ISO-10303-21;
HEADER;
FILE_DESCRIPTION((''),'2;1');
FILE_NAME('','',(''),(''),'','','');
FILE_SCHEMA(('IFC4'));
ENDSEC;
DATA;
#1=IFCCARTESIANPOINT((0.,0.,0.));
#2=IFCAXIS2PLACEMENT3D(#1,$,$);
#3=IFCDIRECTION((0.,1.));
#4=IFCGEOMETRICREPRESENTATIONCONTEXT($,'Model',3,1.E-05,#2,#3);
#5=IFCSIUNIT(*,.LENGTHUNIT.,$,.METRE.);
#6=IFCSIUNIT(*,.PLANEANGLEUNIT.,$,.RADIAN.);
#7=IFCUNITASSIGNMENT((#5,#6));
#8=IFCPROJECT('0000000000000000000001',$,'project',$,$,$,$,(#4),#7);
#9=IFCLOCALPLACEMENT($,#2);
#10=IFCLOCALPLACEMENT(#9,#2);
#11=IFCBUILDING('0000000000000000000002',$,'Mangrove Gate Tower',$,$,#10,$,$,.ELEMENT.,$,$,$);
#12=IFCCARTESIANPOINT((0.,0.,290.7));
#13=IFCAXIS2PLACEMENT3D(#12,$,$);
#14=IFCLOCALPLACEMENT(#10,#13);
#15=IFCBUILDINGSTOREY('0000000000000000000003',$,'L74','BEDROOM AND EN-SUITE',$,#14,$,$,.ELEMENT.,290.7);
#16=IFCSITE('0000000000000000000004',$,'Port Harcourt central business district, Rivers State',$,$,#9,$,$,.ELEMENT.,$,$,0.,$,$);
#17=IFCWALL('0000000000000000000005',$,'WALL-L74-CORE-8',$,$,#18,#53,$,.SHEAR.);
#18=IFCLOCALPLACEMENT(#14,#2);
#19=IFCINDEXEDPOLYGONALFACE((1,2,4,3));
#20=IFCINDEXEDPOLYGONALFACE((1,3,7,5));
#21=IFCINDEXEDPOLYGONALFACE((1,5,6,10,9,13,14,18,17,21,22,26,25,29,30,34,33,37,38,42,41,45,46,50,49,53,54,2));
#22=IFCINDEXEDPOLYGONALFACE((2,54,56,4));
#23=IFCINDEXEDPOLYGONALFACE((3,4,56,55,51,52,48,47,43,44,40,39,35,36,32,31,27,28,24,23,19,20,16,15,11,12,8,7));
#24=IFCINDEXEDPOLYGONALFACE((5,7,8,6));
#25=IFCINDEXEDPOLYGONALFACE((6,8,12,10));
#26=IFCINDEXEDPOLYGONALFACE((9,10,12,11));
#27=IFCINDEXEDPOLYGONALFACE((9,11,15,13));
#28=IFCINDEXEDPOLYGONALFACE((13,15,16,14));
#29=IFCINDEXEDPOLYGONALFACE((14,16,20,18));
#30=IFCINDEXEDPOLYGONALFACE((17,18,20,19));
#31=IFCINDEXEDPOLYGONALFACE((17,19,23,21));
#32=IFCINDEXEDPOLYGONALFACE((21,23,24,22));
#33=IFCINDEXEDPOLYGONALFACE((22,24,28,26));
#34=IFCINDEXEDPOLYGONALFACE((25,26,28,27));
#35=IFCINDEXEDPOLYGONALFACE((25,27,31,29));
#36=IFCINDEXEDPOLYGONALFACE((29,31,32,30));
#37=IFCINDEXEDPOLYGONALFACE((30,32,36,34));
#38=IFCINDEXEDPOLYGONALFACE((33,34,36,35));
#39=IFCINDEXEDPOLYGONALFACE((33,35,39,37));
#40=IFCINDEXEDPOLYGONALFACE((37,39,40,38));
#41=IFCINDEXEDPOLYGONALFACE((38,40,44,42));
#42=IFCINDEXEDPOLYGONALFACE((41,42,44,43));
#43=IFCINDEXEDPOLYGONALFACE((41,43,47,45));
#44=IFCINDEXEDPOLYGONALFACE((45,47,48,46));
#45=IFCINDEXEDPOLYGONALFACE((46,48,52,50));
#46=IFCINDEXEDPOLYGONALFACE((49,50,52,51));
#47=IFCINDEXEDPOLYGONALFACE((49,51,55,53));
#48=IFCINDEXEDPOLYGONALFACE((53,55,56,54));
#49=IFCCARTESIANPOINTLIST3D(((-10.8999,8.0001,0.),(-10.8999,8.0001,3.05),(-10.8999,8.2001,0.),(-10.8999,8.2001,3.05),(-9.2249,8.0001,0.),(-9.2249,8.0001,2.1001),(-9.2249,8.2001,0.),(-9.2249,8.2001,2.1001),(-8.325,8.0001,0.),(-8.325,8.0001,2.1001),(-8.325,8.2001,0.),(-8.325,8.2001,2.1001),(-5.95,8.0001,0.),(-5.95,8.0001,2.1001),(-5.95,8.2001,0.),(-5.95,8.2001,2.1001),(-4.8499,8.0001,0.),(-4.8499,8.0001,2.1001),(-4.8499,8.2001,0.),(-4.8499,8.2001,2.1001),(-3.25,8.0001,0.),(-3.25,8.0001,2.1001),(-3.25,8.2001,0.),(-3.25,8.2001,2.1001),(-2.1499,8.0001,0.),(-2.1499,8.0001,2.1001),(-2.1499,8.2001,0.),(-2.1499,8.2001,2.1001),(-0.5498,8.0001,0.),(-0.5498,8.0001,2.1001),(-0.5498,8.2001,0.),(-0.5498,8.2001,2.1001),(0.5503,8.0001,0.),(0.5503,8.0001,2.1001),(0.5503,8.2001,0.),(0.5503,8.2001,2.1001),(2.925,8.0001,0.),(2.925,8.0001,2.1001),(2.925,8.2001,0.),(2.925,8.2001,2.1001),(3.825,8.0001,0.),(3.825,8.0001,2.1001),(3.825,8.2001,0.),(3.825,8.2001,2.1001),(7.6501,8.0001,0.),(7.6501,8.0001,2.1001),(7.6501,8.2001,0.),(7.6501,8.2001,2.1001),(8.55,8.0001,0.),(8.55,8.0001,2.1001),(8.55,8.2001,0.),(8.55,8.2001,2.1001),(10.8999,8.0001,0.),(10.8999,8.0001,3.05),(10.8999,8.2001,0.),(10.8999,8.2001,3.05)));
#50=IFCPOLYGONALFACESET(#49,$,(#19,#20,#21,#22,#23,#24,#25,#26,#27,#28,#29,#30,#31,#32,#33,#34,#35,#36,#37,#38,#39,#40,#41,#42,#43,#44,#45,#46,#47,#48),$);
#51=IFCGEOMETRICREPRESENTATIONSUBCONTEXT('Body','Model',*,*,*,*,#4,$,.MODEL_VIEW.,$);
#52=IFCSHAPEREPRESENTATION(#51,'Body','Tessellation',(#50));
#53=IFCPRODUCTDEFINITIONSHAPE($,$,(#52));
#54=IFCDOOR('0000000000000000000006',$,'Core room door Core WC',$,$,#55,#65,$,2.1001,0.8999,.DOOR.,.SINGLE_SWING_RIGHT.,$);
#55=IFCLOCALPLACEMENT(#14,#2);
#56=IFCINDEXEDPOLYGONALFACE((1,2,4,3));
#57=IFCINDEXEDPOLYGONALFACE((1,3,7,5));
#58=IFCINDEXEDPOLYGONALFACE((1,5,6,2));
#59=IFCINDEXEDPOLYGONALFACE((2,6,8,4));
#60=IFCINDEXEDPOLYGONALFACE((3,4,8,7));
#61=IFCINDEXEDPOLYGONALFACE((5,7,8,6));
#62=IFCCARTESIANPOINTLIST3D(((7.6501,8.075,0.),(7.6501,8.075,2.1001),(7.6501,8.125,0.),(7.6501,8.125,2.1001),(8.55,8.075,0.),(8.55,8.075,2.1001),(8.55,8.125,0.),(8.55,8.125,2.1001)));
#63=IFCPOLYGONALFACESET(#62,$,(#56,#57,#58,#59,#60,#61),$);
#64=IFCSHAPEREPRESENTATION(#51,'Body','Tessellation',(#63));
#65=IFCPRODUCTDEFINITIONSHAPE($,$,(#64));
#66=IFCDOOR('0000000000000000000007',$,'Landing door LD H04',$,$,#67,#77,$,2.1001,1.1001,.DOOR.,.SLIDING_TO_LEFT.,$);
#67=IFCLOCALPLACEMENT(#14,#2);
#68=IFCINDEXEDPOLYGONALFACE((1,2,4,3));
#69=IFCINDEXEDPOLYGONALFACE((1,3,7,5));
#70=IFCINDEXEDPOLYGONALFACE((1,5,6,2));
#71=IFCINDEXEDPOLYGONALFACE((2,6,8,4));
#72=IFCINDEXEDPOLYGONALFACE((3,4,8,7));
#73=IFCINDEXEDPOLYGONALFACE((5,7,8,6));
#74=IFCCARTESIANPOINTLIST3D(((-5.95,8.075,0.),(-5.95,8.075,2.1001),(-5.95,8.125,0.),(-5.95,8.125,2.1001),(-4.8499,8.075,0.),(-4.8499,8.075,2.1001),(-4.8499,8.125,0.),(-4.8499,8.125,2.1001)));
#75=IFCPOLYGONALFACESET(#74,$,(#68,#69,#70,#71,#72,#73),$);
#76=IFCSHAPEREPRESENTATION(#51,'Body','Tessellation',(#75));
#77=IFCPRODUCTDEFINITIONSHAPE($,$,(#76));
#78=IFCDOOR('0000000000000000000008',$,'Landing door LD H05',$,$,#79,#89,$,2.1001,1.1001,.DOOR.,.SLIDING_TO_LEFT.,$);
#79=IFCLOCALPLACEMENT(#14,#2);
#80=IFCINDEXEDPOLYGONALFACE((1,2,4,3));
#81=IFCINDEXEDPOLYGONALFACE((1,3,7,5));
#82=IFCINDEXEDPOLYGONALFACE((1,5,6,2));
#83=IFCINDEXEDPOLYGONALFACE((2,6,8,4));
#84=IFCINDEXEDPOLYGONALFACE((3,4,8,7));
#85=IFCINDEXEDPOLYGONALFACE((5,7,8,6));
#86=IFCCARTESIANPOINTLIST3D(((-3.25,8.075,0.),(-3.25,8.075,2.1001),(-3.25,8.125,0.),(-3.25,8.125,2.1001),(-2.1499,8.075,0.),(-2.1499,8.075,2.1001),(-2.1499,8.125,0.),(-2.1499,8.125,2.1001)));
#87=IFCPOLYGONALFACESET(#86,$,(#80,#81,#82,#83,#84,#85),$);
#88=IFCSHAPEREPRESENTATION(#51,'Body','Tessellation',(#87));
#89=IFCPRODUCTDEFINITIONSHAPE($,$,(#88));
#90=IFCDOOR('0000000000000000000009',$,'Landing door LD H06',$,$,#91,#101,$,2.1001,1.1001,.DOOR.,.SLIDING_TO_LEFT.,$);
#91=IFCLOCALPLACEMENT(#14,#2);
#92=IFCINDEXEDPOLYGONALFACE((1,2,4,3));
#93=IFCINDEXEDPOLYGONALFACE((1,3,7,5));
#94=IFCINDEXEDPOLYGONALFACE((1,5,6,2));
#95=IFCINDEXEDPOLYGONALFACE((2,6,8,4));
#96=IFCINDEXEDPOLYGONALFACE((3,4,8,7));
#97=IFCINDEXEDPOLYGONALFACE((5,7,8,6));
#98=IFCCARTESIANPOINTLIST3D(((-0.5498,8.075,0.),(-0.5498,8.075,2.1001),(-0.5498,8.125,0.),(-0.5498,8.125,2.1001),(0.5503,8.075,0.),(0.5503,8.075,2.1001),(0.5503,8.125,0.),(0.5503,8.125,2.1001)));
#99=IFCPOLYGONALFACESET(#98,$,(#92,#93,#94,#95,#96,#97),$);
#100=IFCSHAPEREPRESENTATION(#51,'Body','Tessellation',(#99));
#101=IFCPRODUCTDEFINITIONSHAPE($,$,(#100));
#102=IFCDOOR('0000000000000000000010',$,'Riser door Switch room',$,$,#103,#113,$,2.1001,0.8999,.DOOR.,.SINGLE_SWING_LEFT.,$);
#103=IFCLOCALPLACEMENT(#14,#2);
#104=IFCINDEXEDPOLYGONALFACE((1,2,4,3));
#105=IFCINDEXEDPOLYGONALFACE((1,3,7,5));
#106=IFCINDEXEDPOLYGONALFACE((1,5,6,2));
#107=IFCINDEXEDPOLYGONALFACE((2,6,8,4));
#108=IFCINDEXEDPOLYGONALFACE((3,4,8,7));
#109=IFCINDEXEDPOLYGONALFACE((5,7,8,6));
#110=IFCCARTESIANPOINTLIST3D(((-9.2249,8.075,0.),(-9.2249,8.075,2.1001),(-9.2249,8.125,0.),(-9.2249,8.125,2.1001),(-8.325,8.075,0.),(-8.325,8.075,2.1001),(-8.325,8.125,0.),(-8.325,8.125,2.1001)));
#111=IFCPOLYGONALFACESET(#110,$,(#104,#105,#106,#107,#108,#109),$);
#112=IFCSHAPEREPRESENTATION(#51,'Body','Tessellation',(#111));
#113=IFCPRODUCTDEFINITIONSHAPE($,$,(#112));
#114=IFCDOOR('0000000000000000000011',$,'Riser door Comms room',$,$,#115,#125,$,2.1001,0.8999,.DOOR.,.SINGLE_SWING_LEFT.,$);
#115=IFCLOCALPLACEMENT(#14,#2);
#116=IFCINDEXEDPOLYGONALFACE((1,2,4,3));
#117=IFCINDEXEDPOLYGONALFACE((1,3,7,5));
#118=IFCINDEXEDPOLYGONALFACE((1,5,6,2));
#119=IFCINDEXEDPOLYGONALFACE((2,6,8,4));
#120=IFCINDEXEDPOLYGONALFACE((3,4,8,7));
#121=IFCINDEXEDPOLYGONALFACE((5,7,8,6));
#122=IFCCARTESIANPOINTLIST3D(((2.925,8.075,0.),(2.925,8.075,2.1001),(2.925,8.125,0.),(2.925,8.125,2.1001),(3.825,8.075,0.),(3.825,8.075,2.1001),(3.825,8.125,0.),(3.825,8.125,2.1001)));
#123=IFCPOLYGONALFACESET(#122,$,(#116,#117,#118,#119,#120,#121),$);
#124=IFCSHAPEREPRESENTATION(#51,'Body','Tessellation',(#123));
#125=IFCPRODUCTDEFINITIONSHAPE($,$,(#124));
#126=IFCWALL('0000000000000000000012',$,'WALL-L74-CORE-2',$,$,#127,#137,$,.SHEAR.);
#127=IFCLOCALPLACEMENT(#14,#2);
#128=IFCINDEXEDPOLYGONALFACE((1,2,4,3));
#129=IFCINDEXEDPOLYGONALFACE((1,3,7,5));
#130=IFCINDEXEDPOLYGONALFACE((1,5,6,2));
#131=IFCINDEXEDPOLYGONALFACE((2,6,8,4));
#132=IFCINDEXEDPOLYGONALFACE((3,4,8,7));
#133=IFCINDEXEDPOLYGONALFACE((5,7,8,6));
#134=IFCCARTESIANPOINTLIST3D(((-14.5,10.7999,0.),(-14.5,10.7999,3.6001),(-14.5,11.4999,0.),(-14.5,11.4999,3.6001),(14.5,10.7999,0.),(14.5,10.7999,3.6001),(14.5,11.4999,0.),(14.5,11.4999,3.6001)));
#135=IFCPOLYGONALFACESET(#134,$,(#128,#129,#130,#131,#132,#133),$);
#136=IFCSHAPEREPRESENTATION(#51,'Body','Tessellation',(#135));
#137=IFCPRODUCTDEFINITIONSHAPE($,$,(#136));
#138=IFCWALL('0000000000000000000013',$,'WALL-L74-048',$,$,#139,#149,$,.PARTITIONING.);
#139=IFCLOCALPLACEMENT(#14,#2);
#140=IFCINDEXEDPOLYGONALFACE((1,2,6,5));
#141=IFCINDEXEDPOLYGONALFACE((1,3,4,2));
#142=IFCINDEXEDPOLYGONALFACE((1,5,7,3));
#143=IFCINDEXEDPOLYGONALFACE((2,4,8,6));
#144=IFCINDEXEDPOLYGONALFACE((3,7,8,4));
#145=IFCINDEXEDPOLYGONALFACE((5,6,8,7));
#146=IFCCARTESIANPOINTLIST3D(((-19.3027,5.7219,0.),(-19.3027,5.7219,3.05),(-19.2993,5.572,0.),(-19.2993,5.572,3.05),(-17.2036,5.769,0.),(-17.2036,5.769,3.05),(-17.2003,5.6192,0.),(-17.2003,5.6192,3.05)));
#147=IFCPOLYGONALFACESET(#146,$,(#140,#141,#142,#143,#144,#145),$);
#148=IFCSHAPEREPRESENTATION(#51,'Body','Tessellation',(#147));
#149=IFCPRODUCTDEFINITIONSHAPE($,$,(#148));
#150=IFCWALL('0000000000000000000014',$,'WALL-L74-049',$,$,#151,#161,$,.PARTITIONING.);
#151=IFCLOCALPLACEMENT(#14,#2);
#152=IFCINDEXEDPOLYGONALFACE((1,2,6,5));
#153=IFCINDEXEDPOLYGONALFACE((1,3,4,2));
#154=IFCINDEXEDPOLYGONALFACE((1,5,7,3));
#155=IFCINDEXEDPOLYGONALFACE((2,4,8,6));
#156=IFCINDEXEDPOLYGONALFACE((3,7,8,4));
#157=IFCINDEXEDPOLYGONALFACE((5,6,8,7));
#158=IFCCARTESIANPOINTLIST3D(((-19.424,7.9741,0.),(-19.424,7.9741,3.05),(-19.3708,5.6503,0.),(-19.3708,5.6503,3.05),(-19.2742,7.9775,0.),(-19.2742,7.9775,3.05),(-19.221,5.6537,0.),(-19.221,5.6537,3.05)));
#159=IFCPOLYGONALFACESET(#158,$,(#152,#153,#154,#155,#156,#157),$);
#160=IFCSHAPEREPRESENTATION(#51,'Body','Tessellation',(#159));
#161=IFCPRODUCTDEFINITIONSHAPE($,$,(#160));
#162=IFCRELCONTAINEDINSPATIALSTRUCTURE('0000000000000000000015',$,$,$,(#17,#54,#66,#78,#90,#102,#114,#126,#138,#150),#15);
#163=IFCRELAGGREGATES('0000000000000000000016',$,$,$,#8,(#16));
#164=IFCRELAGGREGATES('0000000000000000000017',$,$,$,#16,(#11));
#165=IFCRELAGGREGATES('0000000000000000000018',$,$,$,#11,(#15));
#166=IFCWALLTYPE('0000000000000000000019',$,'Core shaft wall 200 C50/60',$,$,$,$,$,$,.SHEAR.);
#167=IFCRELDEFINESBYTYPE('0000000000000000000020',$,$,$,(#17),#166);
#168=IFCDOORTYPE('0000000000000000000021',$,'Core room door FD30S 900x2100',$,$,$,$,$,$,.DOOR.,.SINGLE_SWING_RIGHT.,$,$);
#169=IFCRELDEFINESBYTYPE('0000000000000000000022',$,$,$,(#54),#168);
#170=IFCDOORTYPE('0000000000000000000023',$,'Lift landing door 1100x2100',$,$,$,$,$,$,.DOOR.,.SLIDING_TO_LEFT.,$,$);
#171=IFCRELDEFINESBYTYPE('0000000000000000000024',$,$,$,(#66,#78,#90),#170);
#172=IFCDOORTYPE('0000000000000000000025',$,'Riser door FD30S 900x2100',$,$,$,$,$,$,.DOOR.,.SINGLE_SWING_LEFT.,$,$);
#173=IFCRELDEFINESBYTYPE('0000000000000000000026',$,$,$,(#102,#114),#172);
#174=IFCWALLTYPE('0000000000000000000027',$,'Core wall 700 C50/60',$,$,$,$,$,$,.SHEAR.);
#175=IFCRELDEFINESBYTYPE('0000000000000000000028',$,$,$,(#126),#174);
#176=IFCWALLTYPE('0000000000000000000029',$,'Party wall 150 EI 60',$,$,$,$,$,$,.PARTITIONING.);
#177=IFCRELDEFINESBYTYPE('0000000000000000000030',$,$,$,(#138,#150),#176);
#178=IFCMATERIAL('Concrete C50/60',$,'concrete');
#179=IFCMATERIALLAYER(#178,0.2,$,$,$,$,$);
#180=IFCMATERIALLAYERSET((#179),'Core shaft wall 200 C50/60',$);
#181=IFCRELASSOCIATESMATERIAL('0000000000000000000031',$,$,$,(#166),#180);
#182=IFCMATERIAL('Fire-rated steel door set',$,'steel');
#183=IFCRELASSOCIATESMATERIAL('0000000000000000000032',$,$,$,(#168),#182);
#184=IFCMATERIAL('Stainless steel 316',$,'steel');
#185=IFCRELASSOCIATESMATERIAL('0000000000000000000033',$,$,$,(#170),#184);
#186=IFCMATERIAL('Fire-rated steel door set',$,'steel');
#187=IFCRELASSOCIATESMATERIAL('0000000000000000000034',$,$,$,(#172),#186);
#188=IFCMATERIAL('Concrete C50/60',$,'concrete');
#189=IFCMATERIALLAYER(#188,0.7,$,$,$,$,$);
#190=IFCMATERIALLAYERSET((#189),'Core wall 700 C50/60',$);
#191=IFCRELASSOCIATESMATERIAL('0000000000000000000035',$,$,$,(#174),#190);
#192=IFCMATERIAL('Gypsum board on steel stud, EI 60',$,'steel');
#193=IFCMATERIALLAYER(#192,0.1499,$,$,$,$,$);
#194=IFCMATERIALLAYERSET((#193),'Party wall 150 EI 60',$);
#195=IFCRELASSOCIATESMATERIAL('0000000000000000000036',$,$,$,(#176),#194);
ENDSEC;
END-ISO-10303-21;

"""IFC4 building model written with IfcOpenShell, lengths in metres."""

from ifc_helpers import new_model, si_unit, direction, frame, frame_2d, origin, place, context, subcontext, project, spatial, rectangle, extrude, material, layer, layer_set, type_object, element, fill, save


model = new_model("IFC4")

# Units and contexts
model_context = context("Model", 3, precision=1e-05, world=origin(), true_north=direction((0.0, 1.0)))
body_context = subcontext(model_context, "Body", "Model", "MODEL_VIEW")
ifc_project = project(units=[si_unit("LENGTHUNIT", "METRE"), si_unit("PLANEANGLEUNIT", "RADIAN")], contexts=[model_context])

# Site, building, storey
site_placement = place(None, origin())
site = spatial("IfcSite", under=ifc_project, at=site_placement, Name="Port Harcourt central business district, Rivers State", CompositionType="ELEMENT", RefElevation=0.0)
building_placement = place(site_placement, origin())
building = spatial("IfcBuilding", under=site, at=building_placement, Name="Mangrove Gate Tower", CompositionType="ELEMENT")
storey_placement = place(building_placement, frame((0.0, 0.0, 290.7)))
storey = spatial("IfcBuildingStorey", under=building, at=storey_placement, Name="L74", Description="BEDROOM AND EN-SUITE", CompositionType="ELEMENT", Elevation=290.7)

# Wall, openings, doors
ifc_material_1 = material(Name="Concrete C50/60", Category="concrete")
ifc_layer_1 = layer(ifc_material_1, 0.2)
ifc_layer_set_1 = layer_set([ifc_layer_1], Name="Core shaft wall 200 C50/60")
wall_type_1 = type_object("IfcWallType", Name="Core shaft wall 200 C50/60", PredefinedType="SHEAR", material=ifc_layer_set_1)
ifc_material_2 = material(Name="Fire-rated steel door set", Category="steel")
door_type_1 = type_object("IfcDoorType", Name="Core room door FD30S 900x2100", OperationType="SINGLE_SWING_RIGHT", PredefinedType="DOOR", material=ifc_material_2)
ifc_material_3 = material(Name="Stainless steel 316", Category="steel")
door_type_2 = type_object("IfcDoorType", Name="Lift landing door 1100x2100", OperationType="SLIDING_TO_LEFT", PredefinedType="DOOR", material=ifc_material_3)
ifc_material_4 = material(Name="Fire-rated steel door set", Category="steel")
door_type_3 = type_object("IfcDoorType", Name="Riser door FD30S 900x2100", OperationType="SINGLE_SWING_LEFT", PredefinedType="DOOR", material=ifc_material_4)
wall_1_placement = place(storey_placement, frame((-10.8999, 8.1001, 0.0), z_axis=(0.0, 0.0, 1.0), x_axis=(1.0, 0.0, 0.0)))
wall_1 = element("IfcWall", 1, at=wall_1_placement, inside=storey, type_object=wall_type_1, Name="WALL-L74-CORE-8", PredefinedType="SHEAR", context=body_context, shape_type="SweptSolid", body=[
    extrude(rectangle(XDim=21.7998, YDim=0.2, at=frame_2d((10.8999, 0.0))), origin(), (0.0, 0.0, 1.0), 3.05),
])
opening_1_placement = place(wall_1_placement, frame((4.95, 0.0, 0.0)))
opening_1 = element("IfcOpeningElement", 2, at=opening_1_placement, cuts=wall_1, PredefinedType="OPENING", context=body_context, shape_type="SweptSolid", body=[
    extrude(rectangle(XDim=1.1001, YDim=2.1001, at=frame_2d((0.55, 1.05))), frame((0.0, 0.1099, 0.0), z_axis=(0.0, -1.0, 0.0), x_axis=(1.0, 0.0, 0.0)), (0.0, 0.0, 1.0), 0.22),
])
opening_2_placement = place(wall_1_placement, frame((7.6499, 0.0, 0.0)))
opening_2 = element("IfcOpeningElement", 3, at=opening_2_placement, cuts=wall_1, PredefinedType="OPENING", context=body_context, shape_type="SweptSolid", body=[
    extrude(rectangle(XDim=1.1001, YDim=2.1001, at=frame_2d((0.55, 1.05))), frame((0.0, 0.1099, 0.0), z_axis=(0.0, -1.0, 0.0), x_axis=(1.0, 0.0, 0.0)), (0.0, 0.0, 1.0), 0.22),
])
opening_3_placement = place(wall_1_placement, frame((10.3501, 0.0, 0.0)))
opening_3 = element("IfcOpeningElement", 4, at=opening_3_placement, cuts=wall_1, PredefinedType="OPENING", context=body_context, shape_type="SweptSolid", body=[
    extrude(rectangle(XDim=1.1001, YDim=2.1001, at=frame_2d((0.55, 1.05))), frame((0.0, 0.1099, 0.0), z_axis=(0.0, -1.0, 0.0), x_axis=(1.0, 0.0, 0.0)), (0.0, 0.0, 1.0), 0.22),
])
opening_4_placement = place(wall_1_placement, frame((1.675, 0.0, 0.0)))
opening_4 = element("IfcOpeningElement", 5, at=opening_4_placement, cuts=wall_1, PredefinedType="OPENING", context=body_context, shape_type="SweptSolid", body=[
    extrude(rectangle(XDim=0.8999, YDim=2.1001, at=frame_2d((0.45, 1.05))), frame((0.0, 0.1099, 0.0), z_axis=(0.0, -1.0, 0.0), x_axis=(1.0, 0.0, 0.0)), (0.0, 0.0, 1.0), 0.22),
])
opening_5_placement = place(wall_1_placement, frame((13.825, 0.0, 0.0)))
opening_5 = element("IfcOpeningElement", 6, at=opening_5_placement, cuts=wall_1, PredefinedType="OPENING", context=body_context, shape_type="SweptSolid", body=[
    extrude(rectangle(XDim=0.8999, YDim=2.1001, at=frame_2d((0.45, 1.05))), frame((0.0, 0.1099, 0.0), z_axis=(0.0, -1.0, 0.0), x_axis=(1.0, 0.0, 0.0)), (0.0, 0.0, 1.0), 0.22),
])
opening_6_placement = place(wall_1_placement, frame((18.55, 0.0, 0.0)))
opening_6 = element("IfcOpeningElement", 7, at=opening_6_placement, cuts=wall_1, PredefinedType="OPENING", context=body_context, shape_type="SweptSolid", body=[
    extrude(rectangle(XDim=0.8999, YDim=2.1001, at=frame_2d((0.45, 1.05))), frame((0.0, 0.1099, 0.0), z_axis=(0.0, -1.0, 0.0), x_axis=(1.0, 0.0, 0.0)), (0.0, 0.0, 1.0), 0.22),
])
door_1_placement = place(opening_6_placement, origin())
door_1 = element("IfcDoor", 8, at=door_1_placement, inside=storey, type_object=door_type_1, Name="Core room door Core WC", OperationType="SINGLE_SWING_RIGHT", OverallHeight=2.1001, OverallWidth=0.8999, PredefinedType="DOOR", context=body_context, shape_type="SweptSolid", body=[
    extrude(rectangle(XDim=0.8999, YDim=2.1001, at=frame_2d((0.45, 1.05))), frame((0.0, 0.0249, 0.0), z_axis=(0.0, -1.0, 0.0), x_axis=(1.0, 0.0, 0.0)), (0.0, 0.0, 1.0), 0.05),
])
fill(opening_6, door_1)
door_2_placement = place(opening_1_placement, origin())
door_2 = element("IfcDoor", 9, at=door_2_placement, inside=storey, type_object=door_type_2, Name="Landing door LD H04", OperationType="SLIDING_TO_LEFT", OverallHeight=2.1001, OverallWidth=1.1001, PredefinedType="DOOR", context=body_context, shape_type="SweptSolid", body=[
    extrude(rectangle(XDim=1.1001, YDim=2.1001, at=frame_2d((0.55, 1.05))), frame((0.0, 0.0249, 0.0), z_axis=(0.0, -1.0, 0.0), x_axis=(1.0, 0.0, 0.0)), (0.0, 0.0, 1.0), 0.05),
])
fill(opening_1, door_2)
door_3_placement = place(opening_2_placement, origin())
door_3 = element("IfcDoor", 10, at=door_3_placement, inside=storey, type_object=door_type_2, Name="Landing door LD H05", OperationType="SLIDING_TO_LEFT", OverallHeight=2.1001, OverallWidth=1.1001, PredefinedType="DOOR", context=body_context, shape_type="SweptSolid", body=[
    extrude(rectangle(XDim=1.1001, YDim=2.1001, at=frame_2d((0.55, 1.05))), frame((0.0, 0.0249, 0.0), z_axis=(0.0, -1.0, 0.0), x_axis=(1.0, 0.0, 0.0)), (0.0, 0.0, 1.0), 0.05),
])
fill(opening_2, door_3)
door_4_placement = place(opening_3_placement, origin())
door_4 = element("IfcDoor", 11, at=door_4_placement, inside=storey, type_object=door_type_2, Name="Landing door LD H06", OperationType="SLIDING_TO_LEFT", OverallHeight=2.1001, OverallWidth=1.1001, PredefinedType="DOOR", context=body_context, shape_type="SweptSolid", body=[
    extrude(rectangle(XDim=1.1001, YDim=2.1001, at=frame_2d((0.55, 1.05))), frame((0.0, 0.0249, 0.0), z_axis=(0.0, -1.0, 0.0), x_axis=(1.0, 0.0, 0.0)), (0.0, 0.0, 1.0), 0.05),
])
fill(opening_3, door_4)
door_5_placement = place(opening_4_placement, origin())
door_5 = element("IfcDoor", 12, at=door_5_placement, inside=storey, type_object=door_type_3, Name="Riser door Switch room", OperationType="SINGLE_SWING_LEFT", OverallHeight=2.1001, OverallWidth=0.8999, PredefinedType="DOOR", context=body_context, shape_type="SweptSolid", body=[
    extrude(rectangle(XDim=0.8999, YDim=2.1001, at=frame_2d((0.45, 1.05))), frame((0.0, 0.0249, 0.0), z_axis=(0.0, -1.0, 0.0), x_axis=(1.0, 0.0, 0.0)), (0.0, 0.0, 1.0), 0.05),
])
fill(opening_4, door_5)
door_6_placement = place(opening_5_placement, origin())
door_6 = element("IfcDoor", 13, at=door_6_placement, inside=storey, type_object=door_type_3, Name="Riser door Comms room", OperationType="SINGLE_SWING_LEFT", OverallHeight=2.1001, OverallWidth=0.8999, PredefinedType="DOOR", context=body_context, shape_type="SweptSolid", body=[
    extrude(rectangle(XDim=0.8999, YDim=2.1001, at=frame_2d((0.45, 1.05))), frame((0.0, 0.0249, 0.0), z_axis=(0.0, -1.0, 0.0), x_axis=(1.0, 0.0, 0.0)), (0.0, 0.0, 1.0), 0.05),
])
fill(opening_5, door_6)

# Walls
ifc_material_5 = material(Name="Concrete C50/60", Category="concrete")
ifc_layer_2 = layer(ifc_material_5, 0.7)
ifc_layer_set_2 = layer_set([ifc_layer_2], Name="Core wall 700 C50/60")
wall_type_2 = type_object("IfcWallType", Name="Core wall 700 C50/60", PredefinedType="SHEAR", material=ifc_layer_set_2)
wall_2_placement = place(storey_placement, frame((-14.5, 11.1499, 0.0), z_axis=(0.0, 0.0, 1.0), x_axis=(1.0, 0.0, 0.0)))
element("IfcWall", 14, at=wall_2_placement, inside=storey, type_object=wall_type_2, Name="WALL-L74-CORE-2", PredefinedType="SHEAR", context=body_context, shape_type="SweptSolid", body=[
    extrude(rectangle(XDim=29.0, YDim=0.7, at=frame_2d((14.5, 0.0))), origin(), (0.0, 0.0, 1.0), 3.6001),
])
ifc_material_6 = material(Name="Gypsum board on steel stud, EI 60", Category="steel")
ifc_layer_3 = layer(ifc_material_6, 0.1499)
ifc_layer_set_3 = layer_set([ifc_layer_3], Name="Party wall 150 EI 60")
wall_type_3 = type_object("IfcWallType", Name="Party wall 150 EI 60", PredefinedType="PARTITIONING", material=ifc_layer_set_3)
wall_3_placement = place(storey_placement, frame((-19.301, 5.647, 0.0), z_axis=(0.0, 0.0, 1.0), x_axis=(0.999748, 0.022441, 0.0)))
element("IfcWall", 15, at=wall_3_placement, inside=storey, type_object=wall_type_3, Name="WALL-L74-048", PredefinedType="PARTITIONING", context=body_context, shape_type="SweptSolid", body=[
    extrude(rectangle(XDim=2.0996, YDim=0.1499, at=frame_2d((1.0498, 0.0))), origin(), (0.0, 0.0, 1.0), 3.05),
])
wall_4_placement = place(storey_placement, frame((-19.2959, 5.6521, 0.0), z_axis=(0.0, 0.0, 1.0), x_axis=(-0.022896, 0.999738, 0.0)))
element("IfcWall", 16, at=wall_4_placement, inside=storey, type_object=wall_type_3, Name="WALL-L74-049", PredefinedType="PARTITIONING", context=body_context, shape_type="SweptSolid", body=[
    extrude(rectangle(XDim=2.3245, YDim=0.1499, at=frame_2d((1.1621, 0.0))), origin(), (0.0, 0.0, 1.0), 3.05),
])

save(model, "model.ifc")
